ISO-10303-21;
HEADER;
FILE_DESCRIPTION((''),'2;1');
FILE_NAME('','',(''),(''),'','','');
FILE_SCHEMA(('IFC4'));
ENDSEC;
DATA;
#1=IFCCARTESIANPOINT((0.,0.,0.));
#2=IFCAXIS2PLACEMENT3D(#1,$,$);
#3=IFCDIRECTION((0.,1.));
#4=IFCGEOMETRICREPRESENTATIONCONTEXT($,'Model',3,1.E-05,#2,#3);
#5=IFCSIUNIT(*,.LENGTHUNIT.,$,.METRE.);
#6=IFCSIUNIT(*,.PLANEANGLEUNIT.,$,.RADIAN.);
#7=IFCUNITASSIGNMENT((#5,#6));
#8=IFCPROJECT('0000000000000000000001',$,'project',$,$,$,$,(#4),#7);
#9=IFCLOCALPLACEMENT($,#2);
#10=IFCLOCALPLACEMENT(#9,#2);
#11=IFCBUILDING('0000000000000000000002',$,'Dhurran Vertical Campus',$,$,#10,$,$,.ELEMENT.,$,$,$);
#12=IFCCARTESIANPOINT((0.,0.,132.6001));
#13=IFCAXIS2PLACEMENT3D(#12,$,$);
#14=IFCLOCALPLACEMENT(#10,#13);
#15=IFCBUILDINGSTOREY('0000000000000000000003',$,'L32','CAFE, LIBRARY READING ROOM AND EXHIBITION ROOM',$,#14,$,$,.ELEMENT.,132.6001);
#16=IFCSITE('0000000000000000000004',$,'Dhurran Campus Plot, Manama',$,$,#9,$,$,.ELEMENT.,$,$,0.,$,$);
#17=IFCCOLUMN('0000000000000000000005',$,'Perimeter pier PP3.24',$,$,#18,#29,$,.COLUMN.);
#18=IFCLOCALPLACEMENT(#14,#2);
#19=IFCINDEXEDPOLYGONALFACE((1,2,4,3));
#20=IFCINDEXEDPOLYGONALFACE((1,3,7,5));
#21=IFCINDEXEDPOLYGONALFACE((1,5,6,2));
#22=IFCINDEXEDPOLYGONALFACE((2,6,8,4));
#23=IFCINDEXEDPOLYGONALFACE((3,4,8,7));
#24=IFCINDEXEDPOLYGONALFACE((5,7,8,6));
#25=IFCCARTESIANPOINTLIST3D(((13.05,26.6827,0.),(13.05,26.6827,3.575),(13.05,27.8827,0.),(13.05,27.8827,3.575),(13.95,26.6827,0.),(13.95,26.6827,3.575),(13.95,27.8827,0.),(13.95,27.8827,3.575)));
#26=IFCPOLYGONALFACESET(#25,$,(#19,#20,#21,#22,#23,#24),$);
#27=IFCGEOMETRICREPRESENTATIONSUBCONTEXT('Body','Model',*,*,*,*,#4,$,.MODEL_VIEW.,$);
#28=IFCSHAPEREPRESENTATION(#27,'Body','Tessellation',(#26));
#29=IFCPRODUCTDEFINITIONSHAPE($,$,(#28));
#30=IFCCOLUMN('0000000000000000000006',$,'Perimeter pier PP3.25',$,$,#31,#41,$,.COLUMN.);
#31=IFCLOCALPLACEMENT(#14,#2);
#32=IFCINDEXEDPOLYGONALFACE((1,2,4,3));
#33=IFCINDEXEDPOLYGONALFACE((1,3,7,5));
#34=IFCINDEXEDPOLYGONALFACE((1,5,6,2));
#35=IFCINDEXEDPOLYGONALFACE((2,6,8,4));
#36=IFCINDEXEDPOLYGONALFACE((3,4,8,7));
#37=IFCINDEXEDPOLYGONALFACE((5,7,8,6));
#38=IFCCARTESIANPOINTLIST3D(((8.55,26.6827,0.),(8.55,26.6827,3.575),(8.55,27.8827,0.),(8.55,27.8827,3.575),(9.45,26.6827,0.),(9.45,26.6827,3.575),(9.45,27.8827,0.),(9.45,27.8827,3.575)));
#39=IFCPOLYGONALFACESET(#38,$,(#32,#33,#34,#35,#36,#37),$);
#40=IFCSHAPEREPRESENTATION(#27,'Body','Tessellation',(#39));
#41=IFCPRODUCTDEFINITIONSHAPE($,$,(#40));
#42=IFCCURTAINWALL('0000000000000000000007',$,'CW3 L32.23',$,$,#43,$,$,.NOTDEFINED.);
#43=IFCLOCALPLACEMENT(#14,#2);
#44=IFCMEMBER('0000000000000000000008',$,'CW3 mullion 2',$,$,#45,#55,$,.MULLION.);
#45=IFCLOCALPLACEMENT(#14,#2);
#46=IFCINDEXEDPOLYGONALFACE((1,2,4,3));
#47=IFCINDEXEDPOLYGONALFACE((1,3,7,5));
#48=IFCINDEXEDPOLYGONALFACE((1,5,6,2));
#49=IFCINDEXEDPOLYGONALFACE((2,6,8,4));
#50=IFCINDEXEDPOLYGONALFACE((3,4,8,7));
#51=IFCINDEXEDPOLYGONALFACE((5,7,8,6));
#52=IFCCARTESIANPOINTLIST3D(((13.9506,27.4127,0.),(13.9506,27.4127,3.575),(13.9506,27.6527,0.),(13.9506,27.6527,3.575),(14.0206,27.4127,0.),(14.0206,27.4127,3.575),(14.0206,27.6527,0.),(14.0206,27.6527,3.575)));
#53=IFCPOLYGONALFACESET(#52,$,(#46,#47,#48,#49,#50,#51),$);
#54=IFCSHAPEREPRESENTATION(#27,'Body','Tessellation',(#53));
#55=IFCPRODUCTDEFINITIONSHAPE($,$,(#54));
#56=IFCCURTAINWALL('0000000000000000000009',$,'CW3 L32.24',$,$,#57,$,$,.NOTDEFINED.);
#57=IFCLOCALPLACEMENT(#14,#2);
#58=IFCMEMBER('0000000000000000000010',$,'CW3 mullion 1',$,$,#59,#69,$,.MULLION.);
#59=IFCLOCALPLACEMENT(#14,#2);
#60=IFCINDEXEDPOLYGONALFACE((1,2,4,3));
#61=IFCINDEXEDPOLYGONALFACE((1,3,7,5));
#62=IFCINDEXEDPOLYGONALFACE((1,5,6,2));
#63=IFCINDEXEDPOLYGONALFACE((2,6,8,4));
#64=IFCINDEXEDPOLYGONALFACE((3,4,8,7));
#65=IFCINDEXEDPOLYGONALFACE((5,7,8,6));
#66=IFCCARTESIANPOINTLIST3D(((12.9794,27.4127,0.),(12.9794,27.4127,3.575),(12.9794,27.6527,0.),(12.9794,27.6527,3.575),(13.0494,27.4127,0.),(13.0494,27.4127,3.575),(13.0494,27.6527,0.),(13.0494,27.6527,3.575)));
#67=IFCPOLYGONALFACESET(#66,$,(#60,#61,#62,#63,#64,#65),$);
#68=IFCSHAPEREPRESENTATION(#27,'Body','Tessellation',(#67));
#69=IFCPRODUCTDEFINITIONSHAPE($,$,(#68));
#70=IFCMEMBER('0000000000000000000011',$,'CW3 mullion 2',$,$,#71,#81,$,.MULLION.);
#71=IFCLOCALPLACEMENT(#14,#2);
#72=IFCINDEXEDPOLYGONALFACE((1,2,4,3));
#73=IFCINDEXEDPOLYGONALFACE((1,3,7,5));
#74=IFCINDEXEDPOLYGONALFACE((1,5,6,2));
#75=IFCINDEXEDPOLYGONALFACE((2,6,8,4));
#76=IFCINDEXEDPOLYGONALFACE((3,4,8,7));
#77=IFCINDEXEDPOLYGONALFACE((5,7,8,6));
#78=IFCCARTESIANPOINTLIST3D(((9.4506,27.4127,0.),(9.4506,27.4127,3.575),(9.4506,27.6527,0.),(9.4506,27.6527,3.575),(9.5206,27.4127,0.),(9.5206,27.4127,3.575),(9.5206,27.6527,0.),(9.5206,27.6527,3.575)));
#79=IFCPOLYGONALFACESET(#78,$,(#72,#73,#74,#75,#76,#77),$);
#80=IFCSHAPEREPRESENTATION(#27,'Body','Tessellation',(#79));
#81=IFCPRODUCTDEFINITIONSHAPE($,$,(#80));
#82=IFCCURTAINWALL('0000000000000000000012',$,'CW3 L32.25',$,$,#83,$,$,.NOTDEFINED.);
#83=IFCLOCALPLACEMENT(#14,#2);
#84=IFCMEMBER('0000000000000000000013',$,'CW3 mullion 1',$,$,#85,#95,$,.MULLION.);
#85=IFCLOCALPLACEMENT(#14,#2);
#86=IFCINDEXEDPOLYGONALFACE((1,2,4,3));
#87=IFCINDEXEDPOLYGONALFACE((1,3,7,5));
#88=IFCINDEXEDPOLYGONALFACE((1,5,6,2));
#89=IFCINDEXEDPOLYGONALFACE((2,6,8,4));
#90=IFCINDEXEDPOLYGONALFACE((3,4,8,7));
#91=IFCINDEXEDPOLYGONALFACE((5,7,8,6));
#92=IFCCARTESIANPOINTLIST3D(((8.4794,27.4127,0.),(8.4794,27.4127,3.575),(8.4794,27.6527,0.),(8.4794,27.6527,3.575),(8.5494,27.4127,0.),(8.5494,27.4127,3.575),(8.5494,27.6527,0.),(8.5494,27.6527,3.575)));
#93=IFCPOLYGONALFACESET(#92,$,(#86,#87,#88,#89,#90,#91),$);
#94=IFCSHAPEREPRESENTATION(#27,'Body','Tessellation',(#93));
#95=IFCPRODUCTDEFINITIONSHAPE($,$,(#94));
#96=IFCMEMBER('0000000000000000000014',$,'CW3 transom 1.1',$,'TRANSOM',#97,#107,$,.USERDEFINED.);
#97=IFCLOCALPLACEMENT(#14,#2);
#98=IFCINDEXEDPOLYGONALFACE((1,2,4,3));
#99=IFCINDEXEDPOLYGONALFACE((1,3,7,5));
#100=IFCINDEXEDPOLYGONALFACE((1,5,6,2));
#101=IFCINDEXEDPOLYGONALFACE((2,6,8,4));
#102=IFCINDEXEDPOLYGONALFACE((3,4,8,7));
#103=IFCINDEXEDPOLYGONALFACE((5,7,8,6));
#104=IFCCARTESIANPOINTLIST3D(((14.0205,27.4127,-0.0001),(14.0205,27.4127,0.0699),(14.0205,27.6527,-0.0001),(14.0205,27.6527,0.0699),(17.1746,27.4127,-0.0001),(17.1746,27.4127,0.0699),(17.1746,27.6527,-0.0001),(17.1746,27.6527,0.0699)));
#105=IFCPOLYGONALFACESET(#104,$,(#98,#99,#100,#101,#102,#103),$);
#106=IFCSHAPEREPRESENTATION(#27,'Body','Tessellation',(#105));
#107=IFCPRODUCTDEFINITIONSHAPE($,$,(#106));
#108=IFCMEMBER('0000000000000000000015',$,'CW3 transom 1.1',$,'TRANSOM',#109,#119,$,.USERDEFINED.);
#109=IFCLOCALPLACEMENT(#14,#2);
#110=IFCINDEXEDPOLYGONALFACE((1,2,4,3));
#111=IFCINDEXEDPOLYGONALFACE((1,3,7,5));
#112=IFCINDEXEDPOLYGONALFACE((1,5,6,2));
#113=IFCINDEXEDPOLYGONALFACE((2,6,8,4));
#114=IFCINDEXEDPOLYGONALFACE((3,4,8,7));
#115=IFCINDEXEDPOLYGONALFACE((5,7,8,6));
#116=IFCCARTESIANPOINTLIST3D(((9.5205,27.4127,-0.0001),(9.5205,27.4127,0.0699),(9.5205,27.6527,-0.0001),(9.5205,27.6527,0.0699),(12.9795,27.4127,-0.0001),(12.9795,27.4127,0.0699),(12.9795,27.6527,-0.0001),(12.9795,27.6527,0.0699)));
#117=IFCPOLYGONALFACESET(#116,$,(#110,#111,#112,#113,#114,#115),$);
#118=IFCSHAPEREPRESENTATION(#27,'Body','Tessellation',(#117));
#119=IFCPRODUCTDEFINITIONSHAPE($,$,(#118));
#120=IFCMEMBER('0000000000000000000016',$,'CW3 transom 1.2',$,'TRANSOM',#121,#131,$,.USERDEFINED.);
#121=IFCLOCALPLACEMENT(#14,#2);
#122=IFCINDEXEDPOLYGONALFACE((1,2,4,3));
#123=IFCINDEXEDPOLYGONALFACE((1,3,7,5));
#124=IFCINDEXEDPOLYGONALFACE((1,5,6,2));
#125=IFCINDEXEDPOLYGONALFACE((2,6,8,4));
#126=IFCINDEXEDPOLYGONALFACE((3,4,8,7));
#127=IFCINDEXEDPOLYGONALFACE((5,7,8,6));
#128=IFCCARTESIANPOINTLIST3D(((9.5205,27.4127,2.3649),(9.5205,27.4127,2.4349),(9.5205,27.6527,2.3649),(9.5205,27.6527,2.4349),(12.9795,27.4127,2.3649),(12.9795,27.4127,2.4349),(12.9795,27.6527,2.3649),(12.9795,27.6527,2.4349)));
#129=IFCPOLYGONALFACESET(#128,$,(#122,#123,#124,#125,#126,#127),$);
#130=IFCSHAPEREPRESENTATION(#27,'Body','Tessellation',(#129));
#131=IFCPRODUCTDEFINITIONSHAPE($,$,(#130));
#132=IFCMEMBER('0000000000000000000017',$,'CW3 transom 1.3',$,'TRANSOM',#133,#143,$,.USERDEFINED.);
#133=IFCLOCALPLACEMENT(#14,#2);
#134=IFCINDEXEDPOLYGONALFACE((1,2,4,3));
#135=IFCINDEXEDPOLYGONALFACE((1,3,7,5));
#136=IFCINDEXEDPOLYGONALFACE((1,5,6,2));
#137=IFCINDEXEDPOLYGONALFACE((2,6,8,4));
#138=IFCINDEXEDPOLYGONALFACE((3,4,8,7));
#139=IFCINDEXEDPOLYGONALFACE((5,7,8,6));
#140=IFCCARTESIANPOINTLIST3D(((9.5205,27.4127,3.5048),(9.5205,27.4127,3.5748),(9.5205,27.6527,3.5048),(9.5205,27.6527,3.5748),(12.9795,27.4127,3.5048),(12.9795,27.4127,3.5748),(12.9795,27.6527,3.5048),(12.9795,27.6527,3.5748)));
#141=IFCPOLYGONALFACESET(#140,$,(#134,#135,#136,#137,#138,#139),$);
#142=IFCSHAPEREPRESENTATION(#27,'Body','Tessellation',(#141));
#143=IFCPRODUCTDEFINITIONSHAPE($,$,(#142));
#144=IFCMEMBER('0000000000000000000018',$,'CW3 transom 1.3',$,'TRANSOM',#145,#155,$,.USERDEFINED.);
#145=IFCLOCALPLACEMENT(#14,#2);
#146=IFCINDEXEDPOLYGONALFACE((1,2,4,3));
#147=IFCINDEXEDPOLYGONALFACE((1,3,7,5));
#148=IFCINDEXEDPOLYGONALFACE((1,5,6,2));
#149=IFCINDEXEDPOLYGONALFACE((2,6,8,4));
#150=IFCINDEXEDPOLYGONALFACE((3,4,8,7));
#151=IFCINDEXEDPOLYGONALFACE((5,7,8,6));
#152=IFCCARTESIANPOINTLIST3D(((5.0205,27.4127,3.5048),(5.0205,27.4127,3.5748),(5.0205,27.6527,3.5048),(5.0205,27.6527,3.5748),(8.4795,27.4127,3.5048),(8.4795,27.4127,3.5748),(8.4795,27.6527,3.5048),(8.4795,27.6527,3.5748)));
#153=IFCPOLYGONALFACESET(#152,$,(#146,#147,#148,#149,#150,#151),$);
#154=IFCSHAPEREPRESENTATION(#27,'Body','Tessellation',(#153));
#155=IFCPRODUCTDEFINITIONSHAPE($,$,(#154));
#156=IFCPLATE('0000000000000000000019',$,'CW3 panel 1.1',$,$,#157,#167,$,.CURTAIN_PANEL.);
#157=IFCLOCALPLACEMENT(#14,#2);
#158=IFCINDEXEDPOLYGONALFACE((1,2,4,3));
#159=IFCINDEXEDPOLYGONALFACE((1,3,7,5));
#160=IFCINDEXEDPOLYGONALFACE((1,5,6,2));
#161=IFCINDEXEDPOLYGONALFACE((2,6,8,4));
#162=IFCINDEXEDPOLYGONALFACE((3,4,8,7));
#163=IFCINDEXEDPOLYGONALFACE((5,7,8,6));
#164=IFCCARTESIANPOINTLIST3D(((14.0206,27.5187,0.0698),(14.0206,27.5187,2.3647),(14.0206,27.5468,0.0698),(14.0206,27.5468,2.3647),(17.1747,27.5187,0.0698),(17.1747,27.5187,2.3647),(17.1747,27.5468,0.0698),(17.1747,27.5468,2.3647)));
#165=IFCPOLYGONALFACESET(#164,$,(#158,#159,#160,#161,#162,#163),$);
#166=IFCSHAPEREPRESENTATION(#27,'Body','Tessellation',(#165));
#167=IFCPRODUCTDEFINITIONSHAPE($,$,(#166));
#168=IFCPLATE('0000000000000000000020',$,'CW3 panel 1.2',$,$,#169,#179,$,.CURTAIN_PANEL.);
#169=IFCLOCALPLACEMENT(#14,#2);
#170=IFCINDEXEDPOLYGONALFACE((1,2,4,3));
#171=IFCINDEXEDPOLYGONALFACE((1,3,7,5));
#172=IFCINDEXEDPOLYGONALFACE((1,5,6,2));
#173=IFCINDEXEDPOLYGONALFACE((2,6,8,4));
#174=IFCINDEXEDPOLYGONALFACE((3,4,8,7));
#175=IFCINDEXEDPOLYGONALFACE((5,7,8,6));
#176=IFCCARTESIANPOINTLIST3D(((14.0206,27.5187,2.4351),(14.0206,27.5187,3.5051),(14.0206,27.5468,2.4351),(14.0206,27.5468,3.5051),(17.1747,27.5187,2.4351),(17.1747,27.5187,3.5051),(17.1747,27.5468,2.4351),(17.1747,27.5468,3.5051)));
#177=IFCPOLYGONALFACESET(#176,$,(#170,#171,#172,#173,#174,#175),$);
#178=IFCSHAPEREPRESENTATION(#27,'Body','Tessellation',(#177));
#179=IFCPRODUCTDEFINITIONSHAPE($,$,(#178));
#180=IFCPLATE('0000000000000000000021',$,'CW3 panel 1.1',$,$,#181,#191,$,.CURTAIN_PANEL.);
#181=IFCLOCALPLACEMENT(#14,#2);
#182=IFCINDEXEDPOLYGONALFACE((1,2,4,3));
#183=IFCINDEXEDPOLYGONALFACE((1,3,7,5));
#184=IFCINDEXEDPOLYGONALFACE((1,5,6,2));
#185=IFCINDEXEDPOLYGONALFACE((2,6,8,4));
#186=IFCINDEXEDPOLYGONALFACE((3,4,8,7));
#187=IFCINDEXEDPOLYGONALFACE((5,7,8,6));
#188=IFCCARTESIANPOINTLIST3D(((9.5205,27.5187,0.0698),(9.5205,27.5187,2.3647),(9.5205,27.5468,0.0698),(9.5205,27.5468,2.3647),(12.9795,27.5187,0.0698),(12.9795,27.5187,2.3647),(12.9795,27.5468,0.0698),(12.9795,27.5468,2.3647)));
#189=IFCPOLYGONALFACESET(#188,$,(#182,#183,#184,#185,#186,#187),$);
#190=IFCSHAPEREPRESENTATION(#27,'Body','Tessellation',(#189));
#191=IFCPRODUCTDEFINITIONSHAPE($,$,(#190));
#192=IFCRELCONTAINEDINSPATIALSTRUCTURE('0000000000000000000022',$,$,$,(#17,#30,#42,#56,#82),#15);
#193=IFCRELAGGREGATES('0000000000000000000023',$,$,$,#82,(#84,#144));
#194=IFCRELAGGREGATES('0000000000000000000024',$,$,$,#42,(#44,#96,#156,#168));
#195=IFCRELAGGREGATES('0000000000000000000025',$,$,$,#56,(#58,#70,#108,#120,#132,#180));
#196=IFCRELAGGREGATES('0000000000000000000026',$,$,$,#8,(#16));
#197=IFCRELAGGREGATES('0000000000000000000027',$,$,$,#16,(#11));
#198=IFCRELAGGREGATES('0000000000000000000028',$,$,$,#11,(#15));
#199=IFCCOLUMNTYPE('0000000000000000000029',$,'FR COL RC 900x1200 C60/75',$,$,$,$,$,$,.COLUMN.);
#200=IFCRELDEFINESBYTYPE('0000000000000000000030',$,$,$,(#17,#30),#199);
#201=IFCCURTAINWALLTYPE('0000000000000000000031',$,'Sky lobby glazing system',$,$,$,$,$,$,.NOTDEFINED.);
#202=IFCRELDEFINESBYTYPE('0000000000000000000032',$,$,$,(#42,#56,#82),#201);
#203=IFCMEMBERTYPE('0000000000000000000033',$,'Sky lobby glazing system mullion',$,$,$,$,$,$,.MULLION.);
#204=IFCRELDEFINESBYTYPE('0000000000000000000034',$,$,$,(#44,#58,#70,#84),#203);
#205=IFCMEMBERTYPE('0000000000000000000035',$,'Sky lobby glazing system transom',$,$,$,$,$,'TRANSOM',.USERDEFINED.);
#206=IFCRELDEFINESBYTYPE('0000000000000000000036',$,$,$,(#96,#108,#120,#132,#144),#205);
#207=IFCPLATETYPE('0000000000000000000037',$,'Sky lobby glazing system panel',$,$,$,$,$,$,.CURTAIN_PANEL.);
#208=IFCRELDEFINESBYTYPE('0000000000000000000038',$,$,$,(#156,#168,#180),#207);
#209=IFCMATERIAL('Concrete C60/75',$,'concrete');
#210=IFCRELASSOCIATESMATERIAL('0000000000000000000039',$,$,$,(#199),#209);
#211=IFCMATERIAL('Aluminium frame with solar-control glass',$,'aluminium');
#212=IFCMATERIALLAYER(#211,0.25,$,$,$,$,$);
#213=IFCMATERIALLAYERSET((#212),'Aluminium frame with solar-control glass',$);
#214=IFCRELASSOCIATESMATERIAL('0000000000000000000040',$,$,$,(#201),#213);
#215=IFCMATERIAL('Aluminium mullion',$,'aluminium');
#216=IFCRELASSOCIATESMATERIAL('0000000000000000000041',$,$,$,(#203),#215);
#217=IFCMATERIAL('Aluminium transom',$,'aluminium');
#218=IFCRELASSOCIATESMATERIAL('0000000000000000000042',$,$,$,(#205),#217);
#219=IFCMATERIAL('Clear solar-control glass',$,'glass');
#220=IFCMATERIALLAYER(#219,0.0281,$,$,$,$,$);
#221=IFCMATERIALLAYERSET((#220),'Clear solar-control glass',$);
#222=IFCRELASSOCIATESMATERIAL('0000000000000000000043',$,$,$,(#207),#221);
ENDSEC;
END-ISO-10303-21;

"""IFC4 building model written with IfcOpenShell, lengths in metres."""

from ifc_helpers import new_model, si_unit, direction, frame, origin, origin_2d, place, context, subcontext, project, spatial, rectangle, extrude, material, layer, layer_set, material_profile, profile_set, type_object, element, aggregate, save


model = new_model("IFC4")

# Units and contexts
model_context = context("Model", 3, precision=1e-05, world=origin(), true_north=direction((0.0, 1.0)))
body_context = subcontext(model_context, "Body", "Model", "MODEL_VIEW")
ifc_project = project(units=[si_unit("LENGTHUNIT", "METRE"), si_unit("PLANEANGLEUNIT", "RADIAN")], contexts=[model_context])

# Site, building, storey
site_placement = place(None, origin())
site = spatial("IfcSite", under=ifc_project, at=site_placement, Name="Dhurran Campus Plot, Manama", CompositionType="ELEMENT", RefElevation=0.0)
building_placement = place(site_placement, origin())
building = spatial("IfcBuilding", under=site, at=building_placement, Name="Dhurran Vertical Campus", CompositionType="ELEMENT")
storey_placement = place(building_placement, frame((0.0, 0.0, 132.6001)))
storey = spatial("IfcBuildingStorey", under=building, at=storey_placement, Name="L32", Description="CAFE, LIBRARY READING ROOM AND EXHIBITION ROOM", CompositionType="ELEMENT", Elevation=132.6001)

# Columns
ifc_material_1 = material(Name="Concrete C60/75", Category="concrete")
ifc_material_profile_1 = material_profile(ifc_material_1, rectangle(XDim=0.8999, YDim=1.2, at=origin_2d()), Name="RC 900x1200")
ifc_profile_set_1 = profile_set([ifc_material_profile_1], Name="Concrete C60/75")
column_type = type_object("IfcColumnType", Name="FR COL RC 900x1200 C60/75", PredefinedType="COLUMN", material=ifc_profile_set_1)
for number, where, z_axis, x_axis, name in (
    (1, (13.5, 27.2827, 0.0), (0.0, 0.0, 1.0), (-1.0, 0.0, 0.0), "Perimeter pier PP3.24"),
    (2, (9.0, 27.2827, 0.0), (0.0, 0.0, 1.0), (-1.0, 0.0, 0.0), "Perimeter pier PP3.25"),
):
    element("IfcColumn", number, at=place(storey_placement, frame(where, z_axis=z_axis, x_axis=x_axis)), inside=storey, type_object=column_type, Name=name, PredefinedType="COLUMN", context=body_context, shape_type="SweptSolid", body=[
        extrude(rectangle(XDim=0.8999, YDim=1.2, at=origin_2d()), origin(), (0.0, 0.0, 1.0), 3.575),
    ])

# Curtain wall, member
ifc_material_2 = material(Name="Aluminium frame with solar-control glass", Category="aluminium")
ifc_layer_1 = layer(ifc_material_2, 0.25)
ifc_layer_set_1 = layer_set([ifc_layer_1], Name="Aluminium frame with solar-control glass")
curtain_wall_type = type_object("IfcCurtainWallType", Name="Sky lobby glazing system", PredefinedType="NOTDEFINED", material=ifc_layer_set_1)
curtain_wall_1_placement = place(storey_placement, origin())
curtain_wall_1 = element("IfcCurtainWall", 3, at=curtain_wall_1_placement, inside=storey, type_object=curtain_wall_type, Name="CW3 L32.23", PredefinedType="NOTDEFINED")
ifc_material_3 = material(Name="Aluminium mullion", Category="aluminium")
ifc_material_profile_2 = material_profile(ifc_material_3, rectangle(XDim=0.24, YDim=0.0701, at=origin_2d()), Name="Sky lobby glazing system mullion")
ifc_profile_set_2 = profile_set([ifc_material_profile_2], Name="Aluminium mullion")
member_type_1 = type_object("IfcMemberType", Name="Sky lobby glazing system mullion", PredefinedType="MULLION", material=ifc_profile_set_2)
member_1_placement = place(storey_placement, frame((13.9856, 27.5327, 0.0), z_axis=(0.0, 0.0, 1.0), x_axis=(0.0, -1.0, 0.0)))
member_1 = element("IfcMember", 4, at=member_1_placement, type_object=member_type_1, Name="CW3 mullion 2", PredefinedType="MULLION", context=body_context, shape_type="SweptSolid", body=[
    extrude(rectangle(XDim=0.24, YDim=0.0701, at=origin_2d()), origin(), (0.0, 0.0, 1.0), 3.575),
])

# Curtain wall, members
curtain_wall_2_placement = place(storey_placement, origin())
curtain_wall_2 = element("IfcCurtainWall", 5, at=curtain_wall_2_placement, inside=storey, type_object=curtain_wall_type, Name="CW3 L32.24", PredefinedType="NOTDEFINED")
member_2_placement = place(storey_placement, frame((13.0144, 27.5327, 0.0), z_axis=(0.0, 0.0, 1.0), x_axis=(0.0, -1.0, 0.0)))
member_2 = element("IfcMember", 6, at=member_2_placement, type_object=member_type_1, Name="CW3 mullion 1", PredefinedType="MULLION", context=body_context, shape_type="SweptSolid", body=[
    extrude(rectangle(XDim=0.24, YDim=0.0701, at=origin_2d()), origin(), (0.0, 0.0, 1.0), 3.575),
])
member_3_placement = place(storey_placement, frame((9.4856, 27.5327, 0.0), z_axis=(0.0, 0.0, 1.0), x_axis=(0.0, -1.0, 0.0)))
member_3 = element("IfcMember", 7, at=member_3_placement, type_object=member_type_1, Name="CW3 mullion 2", PredefinedType="MULLION", context=body_context, shape_type="SweptSolid", body=[
    extrude(rectangle(XDim=0.24, YDim=0.0701, at=origin_2d()), origin(), (0.0, 0.0, 1.0), 3.575),
])

# Curtain wall, member
curtain_wall_3_placement = place(storey_placement, origin())
curtain_wall_3 = element("IfcCurtainWall", 8, at=curtain_wall_3_placement, inside=storey, type_object=curtain_wall_type, Name="CW3 L32.25", PredefinedType="NOTDEFINED")
member_4_placement = place(storey_placement, frame((8.5144, 27.5327, 0.0), z_axis=(0.0, 0.0, 1.0), x_axis=(0.0, -1.0, 0.0)))
member_4 = element("IfcMember", 9, at=member_4_placement, type_object=member_type_1, Name="CW3 mullion 1", PredefinedType="MULLION", context=body_context, shape_type="SweptSolid", body=[
    extrude(rectangle(XDim=0.24, YDim=0.0701, at=origin_2d()), origin(), (0.0, 0.0, 1.0), 3.575),
])

# Members
ifc_material_4 = material(Name="Aluminium transom", Category="aluminium")
ifc_material_profile_3 = material_profile(ifc_material_4, rectangle(XDim=0.24, YDim=0.0701, at=origin_2d()), Name="Sky lobby glazing system transom")
ifc_profile_set_3 = profile_set([ifc_material_profile_3], Name="Aluminium transom")
member_type_2 = type_object("IfcMemberType", Name="Sky lobby glazing system transom", ElementType="TRANSOM", PredefinedType="USERDEFINED", material=ifc_profile_set_3)
member_5_placement = place(storey_placement, frame((17.1746, 27.5327, 0.0349), z_axis=(-1.0, 0.0, 0.0), x_axis=(0.0, -1.0, 0.0)))
member_5 = element("IfcMember", 10, at=member_5_placement, type_object=member_type_2, Name="CW3 transom 1.1", ObjectType="TRANSOM", PredefinedType="USERDEFINED", context=body_context, shape_type="SweptSolid", body=[
    extrude(rectangle(XDim=0.24, YDim=0.0701, at=origin_2d()), origin(), (0.0, 0.0, 1.0), 3.1541),
])
member_6_placement = place(storey_placement, frame((12.9795, 27.5327, 0.0349), z_axis=(-1.0, 0.0, 0.0), x_axis=(0.0, -1.0, 0.0)))
member_6 = element("IfcMember", 11, at=member_6_placement, type_object=member_type_2, Name="CW3 transom 1.1", ObjectType="TRANSOM", PredefinedType="USERDEFINED", context=body_context, shape_type="SweptSolid", body=[
    extrude(rectangle(XDim=0.24, YDim=0.0701, at=origin_2d()), origin(), (0.0, 0.0, 1.0), 3.459),
])
member_7_placement = place(storey_placement, frame((12.9795, 27.5327, 2.3999), z_axis=(-1.0, 0.0, 0.0), x_axis=(0.0, -1.0, 0.0)))
member_7 = element("IfcMember", 12, at=member_7_placement, type_object=member_type_2, Name="CW3 transom 1.2", ObjectType="TRANSOM", PredefinedType="USERDEFINED", context=body_context, shape_type="SweptSolid", body=[
    extrude(rectangle(XDim=0.24, YDim=0.0701, at=origin_2d()), origin(), (0.0, 0.0, 1.0), 3.459),
])
member_8_placement = place(storey_placement, frame((12.9795, 27.5327, 3.5398), z_axis=(-1.0, 0.0, 0.0), x_axis=(0.0, -1.0, 0.0)))
member_8 = element("IfcMember", 13, at=member_8_placement, type_object=member_type_2, Name="CW3 transom 1.3", ObjectType="TRANSOM", PredefinedType="USERDEFINED", context=body_context, shape_type="SweptSolid", body=[
    extrude(rectangle(XDim=0.24, YDim=0.0701, at=origin_2d()), origin(), (0.0, 0.0, 1.0), 3.459),
])
member_9_placement = place(storey_placement, frame((8.4795, 27.5327, 3.5398), z_axis=(-1.0, 0.0, 0.0), x_axis=(0.0, -1.0, 0.0)))
member_9 = element("IfcMember", 14, at=member_9_placement, type_object=member_type_2, Name="CW3 transom 1.3", ObjectType="TRANSOM", PredefinedType="USERDEFINED", context=body_context, shape_type="SweptSolid", body=[
    extrude(rectangle(XDim=0.24, YDim=0.0701, at=origin_2d()), origin(), (0.0, 0.0, 1.0), 3.459),
])
aggregate(curtain_wall_3, [member_4, member_9])

# Plates
ifc_material_5 = material(Name="Clear solar-control glass", Category="glass")
ifc_layer_2 = layer(ifc_material_5, 0.0281)
ifc_layer_set_2 = layer_set([ifc_layer_2], Name="Clear solar-control glass")
plate_type = type_object("IfcPlateType", Name="Sky lobby glazing system panel", PredefinedType="CURTAIN_PANEL", material=ifc_layer_set_2)
plate_1_placement = place(storey_placement, frame((15.5977, 27.5327, 0.0698), z_axis=(0.0, 0.0, 1.0), x_axis=(-1.0, 0.0, 0.0)))
plate_1 = element("IfcPlate", 15, at=plate_1_placement, type_object=plate_type, Name="CW3 panel 1.1", PredefinedType="CURTAIN_PANEL", context=body_context, shape_type="SweptSolid", body=[
    extrude(rectangle(XDim=3.1541, YDim=0.0281, at=origin_2d()), origin(), (0.0, 0.0, 1.0), 2.2949),
])
plate_2_placement = place(storey_placement, frame((15.5977, 27.5327, 2.4351), z_axis=(0.0, 0.0, 1.0), x_axis=(-1.0, 0.0, 0.0)))
plate_2 = element("IfcPlate", 16, at=plate_2_placement, type_object=plate_type, Name="CW3 panel 1.2", PredefinedType="CURTAIN_PANEL", context=body_context, shape_type="SweptSolid", body=[
    extrude(rectangle(XDim=3.1541, YDim=0.0281, at=origin_2d()), origin(), (0.0, 0.0, 1.0), 1.0701),
])
aggregate(curtain_wall_1, [member_1, member_5, plate_1, plate_2])
plate_3_placement = place(storey_placement, frame((11.25, 27.5327, 0.0698), z_axis=(0.0, 0.0, 1.0), x_axis=(-1.0, 0.0, 0.0)))
plate_3 = element("IfcPlate", 17, at=plate_3_placement, type_object=plate_type, Name="CW3 panel 1.1", PredefinedType="CURTAIN_PANEL", context=body_context, shape_type="SweptSolid", body=[
    extrude(rectangle(XDim=3.459, YDim=0.0281, at=origin_2d()), origin(), (0.0, 0.0, 1.0), 2.2949),
])
aggregate(curtain_wall_2, [member_2, member_3, member_6, member_7, member_8, plate_3])

save(model, "model.ifc")
